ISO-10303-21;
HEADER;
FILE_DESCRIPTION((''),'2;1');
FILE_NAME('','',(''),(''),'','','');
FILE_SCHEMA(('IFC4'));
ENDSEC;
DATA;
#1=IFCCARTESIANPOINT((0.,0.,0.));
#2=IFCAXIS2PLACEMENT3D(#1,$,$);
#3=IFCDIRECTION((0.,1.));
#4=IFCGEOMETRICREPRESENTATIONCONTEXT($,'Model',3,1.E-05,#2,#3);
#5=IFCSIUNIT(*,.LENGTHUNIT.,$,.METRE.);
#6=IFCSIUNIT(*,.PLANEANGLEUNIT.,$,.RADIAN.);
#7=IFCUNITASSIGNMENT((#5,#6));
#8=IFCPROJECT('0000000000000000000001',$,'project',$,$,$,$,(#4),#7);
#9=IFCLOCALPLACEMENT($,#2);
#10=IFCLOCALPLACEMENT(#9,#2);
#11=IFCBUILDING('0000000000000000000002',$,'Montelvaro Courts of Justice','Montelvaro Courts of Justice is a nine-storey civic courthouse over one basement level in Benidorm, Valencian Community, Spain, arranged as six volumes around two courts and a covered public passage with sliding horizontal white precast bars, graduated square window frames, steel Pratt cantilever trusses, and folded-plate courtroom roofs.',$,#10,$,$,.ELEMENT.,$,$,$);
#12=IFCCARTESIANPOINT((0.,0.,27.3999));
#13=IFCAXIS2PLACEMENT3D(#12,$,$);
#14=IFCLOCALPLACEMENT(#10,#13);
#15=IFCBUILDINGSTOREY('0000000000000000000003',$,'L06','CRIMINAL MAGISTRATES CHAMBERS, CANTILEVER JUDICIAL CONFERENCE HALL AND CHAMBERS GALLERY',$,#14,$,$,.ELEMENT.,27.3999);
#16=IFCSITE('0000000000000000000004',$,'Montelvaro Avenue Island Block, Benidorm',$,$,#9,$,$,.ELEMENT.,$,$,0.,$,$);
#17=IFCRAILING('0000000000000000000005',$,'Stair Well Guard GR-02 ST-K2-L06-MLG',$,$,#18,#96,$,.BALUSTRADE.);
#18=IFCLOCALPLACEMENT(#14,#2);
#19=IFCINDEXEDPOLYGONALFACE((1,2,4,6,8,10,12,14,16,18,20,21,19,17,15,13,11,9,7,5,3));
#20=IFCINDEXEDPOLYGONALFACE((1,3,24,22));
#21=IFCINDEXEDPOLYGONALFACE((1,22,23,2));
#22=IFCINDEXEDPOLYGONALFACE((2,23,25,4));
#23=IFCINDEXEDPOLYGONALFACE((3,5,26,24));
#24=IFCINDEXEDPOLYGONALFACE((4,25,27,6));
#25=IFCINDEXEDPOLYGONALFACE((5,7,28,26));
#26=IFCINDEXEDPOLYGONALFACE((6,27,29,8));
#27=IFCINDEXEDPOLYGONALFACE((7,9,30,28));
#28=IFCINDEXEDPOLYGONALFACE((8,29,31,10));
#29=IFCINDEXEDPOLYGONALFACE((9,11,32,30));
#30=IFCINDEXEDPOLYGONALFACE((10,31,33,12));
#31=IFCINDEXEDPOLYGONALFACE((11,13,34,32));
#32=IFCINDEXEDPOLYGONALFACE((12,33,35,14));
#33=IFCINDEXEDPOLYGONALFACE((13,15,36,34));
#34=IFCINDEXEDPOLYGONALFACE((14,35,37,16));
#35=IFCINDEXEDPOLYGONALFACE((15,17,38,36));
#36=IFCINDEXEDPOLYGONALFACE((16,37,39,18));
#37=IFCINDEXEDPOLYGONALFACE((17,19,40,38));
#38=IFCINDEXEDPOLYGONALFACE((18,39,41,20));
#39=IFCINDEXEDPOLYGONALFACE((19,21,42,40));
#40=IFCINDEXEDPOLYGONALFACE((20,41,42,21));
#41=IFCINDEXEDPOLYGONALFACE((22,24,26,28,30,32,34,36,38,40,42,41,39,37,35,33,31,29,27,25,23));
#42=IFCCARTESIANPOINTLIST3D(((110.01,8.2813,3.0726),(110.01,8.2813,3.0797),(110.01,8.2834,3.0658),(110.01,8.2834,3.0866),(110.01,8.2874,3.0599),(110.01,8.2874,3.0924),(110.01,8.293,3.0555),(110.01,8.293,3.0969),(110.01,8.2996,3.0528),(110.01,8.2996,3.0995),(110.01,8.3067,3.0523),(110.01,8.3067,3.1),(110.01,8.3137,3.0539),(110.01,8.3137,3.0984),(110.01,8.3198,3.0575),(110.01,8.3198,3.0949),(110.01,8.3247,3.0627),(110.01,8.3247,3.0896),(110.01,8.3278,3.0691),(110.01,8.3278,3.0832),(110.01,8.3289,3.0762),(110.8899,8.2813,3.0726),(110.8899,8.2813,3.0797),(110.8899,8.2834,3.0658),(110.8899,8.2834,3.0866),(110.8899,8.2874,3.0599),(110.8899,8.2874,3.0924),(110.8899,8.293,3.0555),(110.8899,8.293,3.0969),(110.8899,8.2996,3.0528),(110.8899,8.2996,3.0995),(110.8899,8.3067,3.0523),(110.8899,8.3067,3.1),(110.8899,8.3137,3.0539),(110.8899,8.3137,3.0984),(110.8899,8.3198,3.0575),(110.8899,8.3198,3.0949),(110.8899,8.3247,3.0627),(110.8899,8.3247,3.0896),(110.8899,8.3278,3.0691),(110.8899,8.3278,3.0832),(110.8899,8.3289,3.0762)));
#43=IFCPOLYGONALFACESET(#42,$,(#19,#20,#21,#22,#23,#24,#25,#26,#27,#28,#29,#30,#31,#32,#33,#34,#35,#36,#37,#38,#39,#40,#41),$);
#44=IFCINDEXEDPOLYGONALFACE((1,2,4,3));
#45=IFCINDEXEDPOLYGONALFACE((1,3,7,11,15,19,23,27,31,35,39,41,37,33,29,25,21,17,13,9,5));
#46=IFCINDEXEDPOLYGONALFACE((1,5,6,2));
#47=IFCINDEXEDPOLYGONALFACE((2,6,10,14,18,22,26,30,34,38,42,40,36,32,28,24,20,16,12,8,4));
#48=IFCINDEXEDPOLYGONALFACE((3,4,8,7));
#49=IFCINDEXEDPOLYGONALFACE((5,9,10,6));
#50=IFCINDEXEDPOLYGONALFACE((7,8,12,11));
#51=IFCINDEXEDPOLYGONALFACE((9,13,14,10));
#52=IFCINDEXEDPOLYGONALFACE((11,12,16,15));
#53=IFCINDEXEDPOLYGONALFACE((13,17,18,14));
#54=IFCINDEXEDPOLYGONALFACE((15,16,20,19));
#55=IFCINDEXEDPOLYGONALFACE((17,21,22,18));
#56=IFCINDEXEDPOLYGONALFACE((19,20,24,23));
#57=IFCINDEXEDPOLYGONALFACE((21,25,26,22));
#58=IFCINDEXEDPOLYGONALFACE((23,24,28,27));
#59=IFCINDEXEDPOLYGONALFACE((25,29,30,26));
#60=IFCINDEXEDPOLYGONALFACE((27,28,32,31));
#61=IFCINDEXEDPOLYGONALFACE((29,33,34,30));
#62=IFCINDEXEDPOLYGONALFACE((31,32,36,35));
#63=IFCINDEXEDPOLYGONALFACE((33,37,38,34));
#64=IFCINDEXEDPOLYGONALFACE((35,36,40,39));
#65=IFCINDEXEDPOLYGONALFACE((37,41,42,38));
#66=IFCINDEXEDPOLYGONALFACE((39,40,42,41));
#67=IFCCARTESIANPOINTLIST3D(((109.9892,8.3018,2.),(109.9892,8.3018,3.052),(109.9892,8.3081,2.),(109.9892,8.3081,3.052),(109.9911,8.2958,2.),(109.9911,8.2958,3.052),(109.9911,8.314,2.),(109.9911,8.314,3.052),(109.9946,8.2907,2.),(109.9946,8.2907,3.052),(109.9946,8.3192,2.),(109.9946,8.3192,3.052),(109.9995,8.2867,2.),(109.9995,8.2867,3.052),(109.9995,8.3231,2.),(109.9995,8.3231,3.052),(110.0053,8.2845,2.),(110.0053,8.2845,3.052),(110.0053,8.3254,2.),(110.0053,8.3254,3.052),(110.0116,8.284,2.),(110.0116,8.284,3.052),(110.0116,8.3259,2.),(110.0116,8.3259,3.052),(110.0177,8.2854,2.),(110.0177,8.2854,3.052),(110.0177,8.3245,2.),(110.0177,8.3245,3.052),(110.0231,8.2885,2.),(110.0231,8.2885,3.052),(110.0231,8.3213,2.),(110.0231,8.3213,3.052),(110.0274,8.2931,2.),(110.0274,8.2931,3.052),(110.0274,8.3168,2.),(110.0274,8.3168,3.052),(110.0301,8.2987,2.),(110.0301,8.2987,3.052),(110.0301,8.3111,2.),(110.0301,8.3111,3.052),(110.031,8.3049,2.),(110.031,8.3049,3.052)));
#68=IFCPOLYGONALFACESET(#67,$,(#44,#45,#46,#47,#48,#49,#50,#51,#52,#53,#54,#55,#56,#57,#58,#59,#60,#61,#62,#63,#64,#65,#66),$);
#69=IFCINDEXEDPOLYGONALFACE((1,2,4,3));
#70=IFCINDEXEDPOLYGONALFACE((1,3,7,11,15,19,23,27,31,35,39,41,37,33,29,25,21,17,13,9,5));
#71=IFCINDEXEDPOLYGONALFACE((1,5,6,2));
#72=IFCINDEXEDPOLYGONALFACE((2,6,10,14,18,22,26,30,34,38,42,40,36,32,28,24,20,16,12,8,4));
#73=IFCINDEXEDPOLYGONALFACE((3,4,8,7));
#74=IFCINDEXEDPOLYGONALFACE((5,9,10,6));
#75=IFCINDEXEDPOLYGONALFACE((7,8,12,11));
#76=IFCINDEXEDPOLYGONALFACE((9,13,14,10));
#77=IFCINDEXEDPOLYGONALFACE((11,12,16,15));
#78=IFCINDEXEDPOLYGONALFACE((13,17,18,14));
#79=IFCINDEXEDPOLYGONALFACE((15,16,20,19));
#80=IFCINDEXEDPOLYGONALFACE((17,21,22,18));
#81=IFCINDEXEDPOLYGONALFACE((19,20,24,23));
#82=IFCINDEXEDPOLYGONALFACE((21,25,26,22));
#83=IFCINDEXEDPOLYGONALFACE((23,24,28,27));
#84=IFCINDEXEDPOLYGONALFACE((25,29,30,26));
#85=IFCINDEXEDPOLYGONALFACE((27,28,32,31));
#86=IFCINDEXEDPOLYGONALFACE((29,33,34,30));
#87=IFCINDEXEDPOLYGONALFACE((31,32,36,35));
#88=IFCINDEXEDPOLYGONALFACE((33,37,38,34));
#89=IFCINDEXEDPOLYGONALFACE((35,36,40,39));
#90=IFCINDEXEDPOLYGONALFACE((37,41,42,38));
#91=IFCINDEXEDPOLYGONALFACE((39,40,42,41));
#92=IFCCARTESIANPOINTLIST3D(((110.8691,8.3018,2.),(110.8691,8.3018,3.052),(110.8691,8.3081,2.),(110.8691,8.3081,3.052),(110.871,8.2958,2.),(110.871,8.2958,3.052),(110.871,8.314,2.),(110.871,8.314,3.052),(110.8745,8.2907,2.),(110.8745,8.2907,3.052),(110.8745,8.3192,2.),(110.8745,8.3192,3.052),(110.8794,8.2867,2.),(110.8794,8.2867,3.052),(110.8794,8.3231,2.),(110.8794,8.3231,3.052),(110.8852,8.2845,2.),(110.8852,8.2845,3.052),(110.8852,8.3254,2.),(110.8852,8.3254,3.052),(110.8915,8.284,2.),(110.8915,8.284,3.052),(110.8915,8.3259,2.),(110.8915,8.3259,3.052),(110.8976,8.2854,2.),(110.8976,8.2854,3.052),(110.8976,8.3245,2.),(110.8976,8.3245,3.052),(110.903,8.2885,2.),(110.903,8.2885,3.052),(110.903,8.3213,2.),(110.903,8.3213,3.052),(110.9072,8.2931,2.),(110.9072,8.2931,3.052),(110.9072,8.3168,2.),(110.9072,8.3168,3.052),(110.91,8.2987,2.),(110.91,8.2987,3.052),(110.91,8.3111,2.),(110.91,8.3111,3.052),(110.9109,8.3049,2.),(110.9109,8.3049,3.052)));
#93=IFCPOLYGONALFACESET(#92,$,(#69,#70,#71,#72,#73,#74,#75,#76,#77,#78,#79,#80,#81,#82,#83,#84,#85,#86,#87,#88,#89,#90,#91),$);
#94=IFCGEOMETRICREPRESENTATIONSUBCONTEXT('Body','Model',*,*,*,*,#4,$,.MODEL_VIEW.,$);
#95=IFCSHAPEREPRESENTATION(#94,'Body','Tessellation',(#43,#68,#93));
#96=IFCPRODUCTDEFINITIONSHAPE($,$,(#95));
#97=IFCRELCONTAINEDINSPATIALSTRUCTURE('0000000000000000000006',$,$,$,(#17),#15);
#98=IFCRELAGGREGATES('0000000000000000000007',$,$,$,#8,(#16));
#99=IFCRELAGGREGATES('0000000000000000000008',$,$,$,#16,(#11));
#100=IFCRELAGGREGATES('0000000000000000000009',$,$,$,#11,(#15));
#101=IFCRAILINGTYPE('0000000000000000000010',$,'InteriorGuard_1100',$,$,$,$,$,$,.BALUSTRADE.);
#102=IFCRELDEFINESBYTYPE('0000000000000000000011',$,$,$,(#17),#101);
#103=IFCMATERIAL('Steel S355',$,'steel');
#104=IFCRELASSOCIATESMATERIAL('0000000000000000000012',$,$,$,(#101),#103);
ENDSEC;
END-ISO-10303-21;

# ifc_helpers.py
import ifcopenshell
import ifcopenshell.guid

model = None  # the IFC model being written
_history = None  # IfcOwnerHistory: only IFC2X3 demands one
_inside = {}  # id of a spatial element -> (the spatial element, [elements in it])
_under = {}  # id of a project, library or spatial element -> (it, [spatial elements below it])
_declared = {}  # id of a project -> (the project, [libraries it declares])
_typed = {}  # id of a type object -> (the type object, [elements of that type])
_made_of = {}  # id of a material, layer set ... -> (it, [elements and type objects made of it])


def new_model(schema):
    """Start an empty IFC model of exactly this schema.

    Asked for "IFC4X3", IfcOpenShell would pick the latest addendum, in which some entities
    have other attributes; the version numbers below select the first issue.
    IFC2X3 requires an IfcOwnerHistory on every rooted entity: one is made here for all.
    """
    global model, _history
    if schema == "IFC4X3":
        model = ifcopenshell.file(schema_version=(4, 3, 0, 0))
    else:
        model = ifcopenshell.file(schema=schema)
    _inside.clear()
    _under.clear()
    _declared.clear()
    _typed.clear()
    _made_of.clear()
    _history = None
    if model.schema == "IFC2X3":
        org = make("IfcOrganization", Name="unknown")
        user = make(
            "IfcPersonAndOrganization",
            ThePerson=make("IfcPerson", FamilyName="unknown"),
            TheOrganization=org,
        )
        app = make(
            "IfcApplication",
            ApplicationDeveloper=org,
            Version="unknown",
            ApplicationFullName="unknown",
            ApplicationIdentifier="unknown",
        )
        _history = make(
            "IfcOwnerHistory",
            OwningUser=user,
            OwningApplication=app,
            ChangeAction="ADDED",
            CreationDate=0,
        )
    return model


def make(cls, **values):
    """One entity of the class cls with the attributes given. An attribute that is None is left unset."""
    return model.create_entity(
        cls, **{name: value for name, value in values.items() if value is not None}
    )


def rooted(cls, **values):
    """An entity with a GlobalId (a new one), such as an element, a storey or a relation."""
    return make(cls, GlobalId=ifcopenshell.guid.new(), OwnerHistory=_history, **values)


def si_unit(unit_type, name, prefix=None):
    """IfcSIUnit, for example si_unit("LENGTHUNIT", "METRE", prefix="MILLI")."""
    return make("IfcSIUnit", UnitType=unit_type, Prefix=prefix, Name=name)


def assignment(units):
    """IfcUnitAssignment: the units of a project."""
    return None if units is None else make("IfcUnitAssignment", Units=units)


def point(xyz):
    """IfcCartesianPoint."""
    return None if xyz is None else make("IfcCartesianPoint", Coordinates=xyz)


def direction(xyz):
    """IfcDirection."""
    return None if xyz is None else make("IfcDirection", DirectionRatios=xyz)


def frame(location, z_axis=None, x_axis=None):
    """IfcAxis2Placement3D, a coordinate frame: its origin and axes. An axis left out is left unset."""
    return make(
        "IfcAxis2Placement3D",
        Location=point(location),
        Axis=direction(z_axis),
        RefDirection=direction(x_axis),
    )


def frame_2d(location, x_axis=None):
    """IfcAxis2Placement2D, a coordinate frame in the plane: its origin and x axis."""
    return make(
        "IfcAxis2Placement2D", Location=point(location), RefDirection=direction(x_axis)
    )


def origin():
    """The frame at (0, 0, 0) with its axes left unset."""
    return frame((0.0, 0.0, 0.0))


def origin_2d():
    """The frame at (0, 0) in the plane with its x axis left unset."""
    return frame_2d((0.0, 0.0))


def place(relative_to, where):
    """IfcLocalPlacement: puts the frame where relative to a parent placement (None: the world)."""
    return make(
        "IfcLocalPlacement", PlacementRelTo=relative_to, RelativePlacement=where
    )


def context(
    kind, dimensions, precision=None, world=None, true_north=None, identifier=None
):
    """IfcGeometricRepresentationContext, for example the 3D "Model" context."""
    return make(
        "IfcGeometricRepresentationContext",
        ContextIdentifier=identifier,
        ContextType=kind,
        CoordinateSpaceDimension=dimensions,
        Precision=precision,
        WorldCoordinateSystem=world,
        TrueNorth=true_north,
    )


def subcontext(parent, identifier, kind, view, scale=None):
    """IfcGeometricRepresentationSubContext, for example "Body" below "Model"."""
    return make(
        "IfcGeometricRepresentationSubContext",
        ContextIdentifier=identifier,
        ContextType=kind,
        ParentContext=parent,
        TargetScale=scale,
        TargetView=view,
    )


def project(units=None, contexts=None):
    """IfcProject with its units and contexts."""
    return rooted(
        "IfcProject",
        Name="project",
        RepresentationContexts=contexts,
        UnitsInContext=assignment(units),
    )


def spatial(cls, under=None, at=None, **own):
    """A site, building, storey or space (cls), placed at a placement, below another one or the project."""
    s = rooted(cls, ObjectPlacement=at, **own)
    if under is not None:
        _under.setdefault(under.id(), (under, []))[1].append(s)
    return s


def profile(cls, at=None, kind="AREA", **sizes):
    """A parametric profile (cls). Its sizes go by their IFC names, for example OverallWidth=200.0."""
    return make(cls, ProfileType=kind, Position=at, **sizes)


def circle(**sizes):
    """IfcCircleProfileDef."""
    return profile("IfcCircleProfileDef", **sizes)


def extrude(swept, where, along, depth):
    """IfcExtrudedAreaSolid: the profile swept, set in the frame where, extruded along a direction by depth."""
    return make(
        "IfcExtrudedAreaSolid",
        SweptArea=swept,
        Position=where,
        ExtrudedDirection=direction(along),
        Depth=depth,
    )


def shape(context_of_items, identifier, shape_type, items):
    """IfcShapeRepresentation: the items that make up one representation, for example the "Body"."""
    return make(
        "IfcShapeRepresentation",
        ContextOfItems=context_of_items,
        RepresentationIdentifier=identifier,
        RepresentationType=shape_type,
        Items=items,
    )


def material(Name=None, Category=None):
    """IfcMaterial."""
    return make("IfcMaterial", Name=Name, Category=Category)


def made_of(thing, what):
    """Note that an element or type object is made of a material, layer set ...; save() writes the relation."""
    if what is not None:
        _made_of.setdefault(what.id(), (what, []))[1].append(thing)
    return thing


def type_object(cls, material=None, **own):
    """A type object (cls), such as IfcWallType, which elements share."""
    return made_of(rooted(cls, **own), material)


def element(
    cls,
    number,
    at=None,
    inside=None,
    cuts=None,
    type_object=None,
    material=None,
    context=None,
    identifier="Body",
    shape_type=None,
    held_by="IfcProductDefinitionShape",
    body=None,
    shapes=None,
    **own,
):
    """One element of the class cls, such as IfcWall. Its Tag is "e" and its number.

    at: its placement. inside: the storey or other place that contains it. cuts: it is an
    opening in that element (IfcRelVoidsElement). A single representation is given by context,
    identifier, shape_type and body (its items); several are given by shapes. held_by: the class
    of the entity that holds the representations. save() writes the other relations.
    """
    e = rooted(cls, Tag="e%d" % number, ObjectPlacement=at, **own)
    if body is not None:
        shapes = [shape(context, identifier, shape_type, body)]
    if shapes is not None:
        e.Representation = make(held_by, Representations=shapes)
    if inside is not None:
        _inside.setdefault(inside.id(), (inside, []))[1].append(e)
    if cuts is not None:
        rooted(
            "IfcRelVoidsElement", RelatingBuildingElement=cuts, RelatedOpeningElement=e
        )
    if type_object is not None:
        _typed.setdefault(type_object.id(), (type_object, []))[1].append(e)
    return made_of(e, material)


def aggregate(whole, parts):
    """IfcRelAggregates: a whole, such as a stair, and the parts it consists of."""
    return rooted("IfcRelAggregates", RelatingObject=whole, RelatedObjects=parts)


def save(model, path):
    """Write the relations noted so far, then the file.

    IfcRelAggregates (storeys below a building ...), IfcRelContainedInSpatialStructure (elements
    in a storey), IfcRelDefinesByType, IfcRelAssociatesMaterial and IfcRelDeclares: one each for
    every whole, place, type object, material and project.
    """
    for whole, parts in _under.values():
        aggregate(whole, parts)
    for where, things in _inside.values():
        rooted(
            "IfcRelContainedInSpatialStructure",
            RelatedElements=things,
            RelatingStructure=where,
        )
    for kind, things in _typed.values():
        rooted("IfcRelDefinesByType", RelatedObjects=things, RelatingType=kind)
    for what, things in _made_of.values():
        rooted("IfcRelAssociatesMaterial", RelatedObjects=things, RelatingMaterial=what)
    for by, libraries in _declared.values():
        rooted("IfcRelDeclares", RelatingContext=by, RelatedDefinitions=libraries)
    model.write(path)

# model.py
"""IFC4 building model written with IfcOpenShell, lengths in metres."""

from ifc_helpers import new_model, si_unit, direction, frame, origin, origin_2d, place, context, subcontext, project, spatial, circle, extrude, material, type_object, element, save


model = new_model("IFC4")

# Units and contexts
model_context = context("Model", 3, precision=1e-05, world=origin(), true_north=direction((0.0, 1.0)))
body_context = subcontext(model_context, "Body", "Model", "MODEL_VIEW")
ifc_project = project(units=[si_unit("LENGTHUNIT", "METRE"), si_unit("PLANEANGLEUNIT", "RADIAN")], contexts=[model_context])

# Site, building, storey
site_placement = place(None, origin())
site = spatial("IfcSite", under=ifc_project, at=site_placement, Name="Montelvaro Avenue Island Block, Benidorm", CompositionType="ELEMENT", RefElevation=0.0)
building_placement = place(site_placement, origin())
building = spatial("IfcBuilding", under=site, at=building_placement, Name="Montelvaro Courts of Justice", Description="Montelvaro Courts of Justice is a nine-storey civic courthouse over one basement level in Benidorm, Valencian Community, Spain, arranged as six volumes around two courts and a covered public passage with sliding horizontal white precast bars, graduated square window frames, steel Pratt cantilever trusses, and folded-plate courtroom roofs.", CompositionType="ELEMENT")
storey_placement = place(building_placement, frame((0.0, 0.0, 27.3999)))
storey = spatial("IfcBuildingStorey", under=building, at=storey_placement, Name="L06", Description="CRIMINAL MAGISTRATES CHAMBERS, CANTILEVER JUDICIAL CONFERENCE HALL AND CHAMBERS GALLERY", CompositionType="ELEMENT", Elevation=27.3999)

# Shared definitions
ifc_material_1 = material(Name="Steel S355", Category="steel")

# Railing
railing_type_1 = type_object("IfcRailingType", Name="InteriorGuard_1100", PredefinedType="BALUSTRADE", material=ifc_material_1)
railing_1_placement = place(storey_placement, frame((110.01, 8.3049, 2.0)))
element("IfcRailing", 1, at=railing_1_placement, inside=storey, type_object=railing_type_1, Name="Stair Well Guard GR-02 ST-K2-L06-MLG", PredefinedType="BALUSTRADE", context=body_context, shape_type="SweptSolid", body=[
    extrude(circle(Radius=0.0239, at=origin_2d()), frame((0.0, 0.0, 1.0762), z_axis=(1.0, 0.0, 0.0), x_axis=(0.0, 1.0, 0.0)), (0.0, 0.0, 1.0), 0.8799),
    extrude(circle(Radius=0.021, at=origin_2d()), origin(), (0.0, 0.0, 1.0), 1.052),
    extrude(circle(Radius=0.021, at=origin_2d()), frame((0.8799, 0.0, 0.0)), (0.0, 0.0, 1.0), 1.052),
])

save(model, "model.ifc")
